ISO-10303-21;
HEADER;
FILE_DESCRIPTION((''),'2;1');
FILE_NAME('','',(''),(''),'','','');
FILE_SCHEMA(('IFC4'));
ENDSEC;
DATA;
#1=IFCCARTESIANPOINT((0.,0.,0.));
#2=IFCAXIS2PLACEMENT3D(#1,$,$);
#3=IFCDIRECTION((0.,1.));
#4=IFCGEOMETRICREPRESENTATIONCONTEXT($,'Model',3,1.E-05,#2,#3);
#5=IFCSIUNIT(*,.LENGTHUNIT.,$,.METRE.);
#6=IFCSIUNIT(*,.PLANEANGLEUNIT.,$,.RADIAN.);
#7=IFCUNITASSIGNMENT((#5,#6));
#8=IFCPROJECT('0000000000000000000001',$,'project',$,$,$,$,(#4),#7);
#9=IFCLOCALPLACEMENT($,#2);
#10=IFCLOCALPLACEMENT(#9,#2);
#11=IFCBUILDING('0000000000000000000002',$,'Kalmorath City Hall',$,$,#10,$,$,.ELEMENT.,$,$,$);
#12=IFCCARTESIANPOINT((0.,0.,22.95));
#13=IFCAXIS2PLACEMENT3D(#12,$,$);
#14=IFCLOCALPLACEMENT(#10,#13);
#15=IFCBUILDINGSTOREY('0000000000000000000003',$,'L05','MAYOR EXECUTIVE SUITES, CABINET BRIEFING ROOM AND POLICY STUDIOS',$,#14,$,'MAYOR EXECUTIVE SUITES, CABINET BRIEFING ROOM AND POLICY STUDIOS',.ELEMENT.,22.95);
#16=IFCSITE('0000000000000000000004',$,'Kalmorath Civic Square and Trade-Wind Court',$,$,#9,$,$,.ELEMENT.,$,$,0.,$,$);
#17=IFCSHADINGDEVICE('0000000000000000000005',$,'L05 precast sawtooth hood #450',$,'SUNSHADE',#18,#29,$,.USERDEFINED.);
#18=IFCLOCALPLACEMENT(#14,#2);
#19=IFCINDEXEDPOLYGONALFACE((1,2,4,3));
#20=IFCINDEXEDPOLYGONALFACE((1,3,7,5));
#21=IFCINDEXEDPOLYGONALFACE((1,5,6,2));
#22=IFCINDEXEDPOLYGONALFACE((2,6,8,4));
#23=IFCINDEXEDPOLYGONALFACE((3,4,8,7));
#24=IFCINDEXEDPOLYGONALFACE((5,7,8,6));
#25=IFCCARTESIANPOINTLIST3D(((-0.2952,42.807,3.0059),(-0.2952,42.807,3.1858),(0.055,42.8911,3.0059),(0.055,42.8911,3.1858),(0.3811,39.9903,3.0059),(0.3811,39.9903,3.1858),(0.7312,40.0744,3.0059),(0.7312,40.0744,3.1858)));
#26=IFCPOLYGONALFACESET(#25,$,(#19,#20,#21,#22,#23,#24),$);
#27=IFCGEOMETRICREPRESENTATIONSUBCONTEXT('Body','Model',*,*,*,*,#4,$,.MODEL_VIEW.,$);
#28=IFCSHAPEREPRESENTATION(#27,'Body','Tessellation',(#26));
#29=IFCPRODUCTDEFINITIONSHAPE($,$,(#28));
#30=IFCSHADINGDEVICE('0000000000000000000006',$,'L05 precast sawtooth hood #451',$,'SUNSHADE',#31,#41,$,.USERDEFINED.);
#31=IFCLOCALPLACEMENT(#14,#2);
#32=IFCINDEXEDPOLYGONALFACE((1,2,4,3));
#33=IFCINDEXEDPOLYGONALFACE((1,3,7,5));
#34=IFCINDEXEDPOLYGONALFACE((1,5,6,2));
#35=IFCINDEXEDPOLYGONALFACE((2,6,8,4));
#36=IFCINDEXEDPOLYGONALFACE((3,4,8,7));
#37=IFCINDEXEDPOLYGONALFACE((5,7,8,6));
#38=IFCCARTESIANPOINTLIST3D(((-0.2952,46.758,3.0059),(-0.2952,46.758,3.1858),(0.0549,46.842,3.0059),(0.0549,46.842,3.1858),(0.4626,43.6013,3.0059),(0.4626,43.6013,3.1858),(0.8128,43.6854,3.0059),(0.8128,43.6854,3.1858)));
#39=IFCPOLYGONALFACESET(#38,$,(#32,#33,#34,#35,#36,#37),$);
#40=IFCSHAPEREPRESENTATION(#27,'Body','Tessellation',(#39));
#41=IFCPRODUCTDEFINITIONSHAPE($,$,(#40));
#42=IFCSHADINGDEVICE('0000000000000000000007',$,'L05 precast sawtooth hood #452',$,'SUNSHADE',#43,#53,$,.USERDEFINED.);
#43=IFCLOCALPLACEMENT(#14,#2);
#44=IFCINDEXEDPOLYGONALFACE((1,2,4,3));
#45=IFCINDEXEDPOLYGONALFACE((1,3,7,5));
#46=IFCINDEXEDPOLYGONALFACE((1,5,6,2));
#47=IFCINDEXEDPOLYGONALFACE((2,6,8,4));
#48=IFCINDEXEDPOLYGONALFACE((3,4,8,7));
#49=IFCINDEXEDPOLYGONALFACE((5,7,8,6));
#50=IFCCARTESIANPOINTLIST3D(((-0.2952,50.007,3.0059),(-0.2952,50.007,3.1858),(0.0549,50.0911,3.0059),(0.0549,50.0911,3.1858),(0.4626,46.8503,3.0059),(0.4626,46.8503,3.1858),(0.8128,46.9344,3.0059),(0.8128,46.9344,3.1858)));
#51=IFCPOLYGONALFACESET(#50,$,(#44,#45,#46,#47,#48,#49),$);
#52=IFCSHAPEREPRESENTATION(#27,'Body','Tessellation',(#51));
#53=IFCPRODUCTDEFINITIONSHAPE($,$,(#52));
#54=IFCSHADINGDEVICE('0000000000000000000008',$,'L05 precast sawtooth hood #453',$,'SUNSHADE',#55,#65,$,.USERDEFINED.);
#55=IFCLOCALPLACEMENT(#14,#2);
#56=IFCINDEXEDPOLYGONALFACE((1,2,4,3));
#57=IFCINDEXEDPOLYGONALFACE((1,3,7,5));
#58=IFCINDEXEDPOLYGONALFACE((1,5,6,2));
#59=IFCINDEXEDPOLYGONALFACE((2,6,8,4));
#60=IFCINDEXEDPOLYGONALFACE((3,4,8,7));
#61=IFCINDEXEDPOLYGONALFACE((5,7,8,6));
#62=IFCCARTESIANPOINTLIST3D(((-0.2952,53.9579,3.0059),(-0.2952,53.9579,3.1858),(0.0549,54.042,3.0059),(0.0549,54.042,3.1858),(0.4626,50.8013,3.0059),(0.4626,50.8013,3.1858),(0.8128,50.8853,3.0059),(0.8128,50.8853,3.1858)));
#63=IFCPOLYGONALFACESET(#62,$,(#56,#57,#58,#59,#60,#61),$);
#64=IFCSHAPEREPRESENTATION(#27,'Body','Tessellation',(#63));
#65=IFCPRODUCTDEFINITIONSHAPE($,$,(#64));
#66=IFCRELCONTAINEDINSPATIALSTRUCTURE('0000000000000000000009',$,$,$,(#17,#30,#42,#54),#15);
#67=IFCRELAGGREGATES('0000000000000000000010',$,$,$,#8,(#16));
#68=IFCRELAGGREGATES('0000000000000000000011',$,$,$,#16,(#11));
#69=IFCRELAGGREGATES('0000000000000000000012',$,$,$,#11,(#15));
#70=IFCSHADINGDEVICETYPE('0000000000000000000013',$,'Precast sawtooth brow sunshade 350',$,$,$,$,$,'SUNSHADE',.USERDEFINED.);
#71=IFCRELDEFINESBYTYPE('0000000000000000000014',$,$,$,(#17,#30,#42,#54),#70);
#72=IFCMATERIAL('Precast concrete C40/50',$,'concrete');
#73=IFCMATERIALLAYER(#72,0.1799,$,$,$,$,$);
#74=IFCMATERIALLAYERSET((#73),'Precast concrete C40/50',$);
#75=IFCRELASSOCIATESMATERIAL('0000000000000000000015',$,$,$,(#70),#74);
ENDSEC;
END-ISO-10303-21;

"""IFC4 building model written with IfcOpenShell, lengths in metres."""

from ifc_helpers import new_model, si_unit, direction, frame, origin, origin_2d, place, context, subcontext, project, spatial, rectangle, extrude, material, layer, layer_set, type_object, element, save


model = new_model("IFC4")

# Units and contexts
model_context = context("Model", 3, precision=1e-05, world=origin(), true_north=direction((0.0, 1.0)))
body_context = subcontext(model_context, "Body", "Model", "MODEL_VIEW")
ifc_project = project(units=[si_unit("LENGTHUNIT", "METRE"), si_unit("PLANEANGLEUNIT", "RADIAN")], contexts=[model_context])

# Site, building, storey
site_placement = place(None, origin())
site = spatial("IfcSite", under=ifc_project, at=site_placement, Name="Kalmorath Civic Square and Trade-Wind Court", CompositionType="ELEMENT", RefElevation=0.0)
building_placement = place(site_placement, origin())
building = spatial("IfcBuilding", under=site, at=building_placement, Name="Kalmorath City Hall", CompositionType="ELEMENT")
storey_placement = place(building_placement, frame((0.0, 0.0, 22.95)))
storey = spatial("IfcBuildingStorey", under=building, at=storey_placement, Name="L05", Description="MAYOR EXECUTIVE SUITES, CABINET BRIEFING ROOM AND POLICY STUDIOS", LongName="MAYOR EXECUTIVE SUITES, CABINET BRIEFING ROOM AND POLICY STUDIOS", CompositionType="ELEMENT", Elevation=22.95)

# Shading devices
ifc_material_1 = material(Name="Precast concrete C40/50", Category="concrete")
ifc_layer_1 = layer(ifc_material_1, 0.1799)
ifc_layer_set_1 = layer_set([ifc_layer_1], Name="Precast concrete C40/50")
shading_device_type = type_object("IfcShadingDeviceType", Name="Precast sawtooth brow sunshade 350", ElementType="SUNSHADE", PredefinedType="USERDEFINED", material=ifc_layer_set_1)
shading_device_placement = place(storey_placement, frame((0.218, 41.4407, 3.0059), z_axis=(0.0, 0.0, 1.0), x_axis=(-0.233445, 0.97237, 0.0)))
element("IfcShadingDevice", 1, at=shading_device_placement, inside=storey, type_object=shading_device_type, Name="L05 precast sawtooth hood #450", ObjectType="SUNSHADE", PredefinedType="USERDEFINED", context=body_context, shape_type="SweptSolid", body=[
    extrude(rectangle(XDim=2.8967, YDim=0.3601, at=origin_2d()), origin(), (0.0, 0.0, 1.0), 0.1799),
])
for number, where, z_axis, x_axis, name in (
    (2, (0.2588, 45.2217, 3.0059), (0.0, 0.0, 1.0), (-0.233445, 0.97237, 0.0), "L05 precast sawtooth hood #451"),
    (3, (0.2588, 48.4707, 3.0059), (0.0, 0.0, 1.0), (-0.233445, 0.97237, 0.0), "L05 precast sawtooth hood #452"),
    (4, (0.2588, 52.4216, 3.0059), (0.0, 0.0, 1.0), (-0.233445, 0.97237, 0.0), "L05 precast sawtooth hood #453"),
):
    element("IfcShadingDevice", number, at=place(storey_placement, frame(where, z_axis=z_axis, x_axis=x_axis)), inside=storey, type_object=shading_device_type, Name=name, ObjectType="SUNSHADE", PredefinedType="USERDEFINED", context=body_context, shape_type="SweptSolid", body=[
        extrude(rectangle(XDim=3.2463, YDim=0.3601, at=origin_2d()), origin(), (0.0, 0.0, 1.0), 0.1799),
    ])

save(model, "model.ifc")
